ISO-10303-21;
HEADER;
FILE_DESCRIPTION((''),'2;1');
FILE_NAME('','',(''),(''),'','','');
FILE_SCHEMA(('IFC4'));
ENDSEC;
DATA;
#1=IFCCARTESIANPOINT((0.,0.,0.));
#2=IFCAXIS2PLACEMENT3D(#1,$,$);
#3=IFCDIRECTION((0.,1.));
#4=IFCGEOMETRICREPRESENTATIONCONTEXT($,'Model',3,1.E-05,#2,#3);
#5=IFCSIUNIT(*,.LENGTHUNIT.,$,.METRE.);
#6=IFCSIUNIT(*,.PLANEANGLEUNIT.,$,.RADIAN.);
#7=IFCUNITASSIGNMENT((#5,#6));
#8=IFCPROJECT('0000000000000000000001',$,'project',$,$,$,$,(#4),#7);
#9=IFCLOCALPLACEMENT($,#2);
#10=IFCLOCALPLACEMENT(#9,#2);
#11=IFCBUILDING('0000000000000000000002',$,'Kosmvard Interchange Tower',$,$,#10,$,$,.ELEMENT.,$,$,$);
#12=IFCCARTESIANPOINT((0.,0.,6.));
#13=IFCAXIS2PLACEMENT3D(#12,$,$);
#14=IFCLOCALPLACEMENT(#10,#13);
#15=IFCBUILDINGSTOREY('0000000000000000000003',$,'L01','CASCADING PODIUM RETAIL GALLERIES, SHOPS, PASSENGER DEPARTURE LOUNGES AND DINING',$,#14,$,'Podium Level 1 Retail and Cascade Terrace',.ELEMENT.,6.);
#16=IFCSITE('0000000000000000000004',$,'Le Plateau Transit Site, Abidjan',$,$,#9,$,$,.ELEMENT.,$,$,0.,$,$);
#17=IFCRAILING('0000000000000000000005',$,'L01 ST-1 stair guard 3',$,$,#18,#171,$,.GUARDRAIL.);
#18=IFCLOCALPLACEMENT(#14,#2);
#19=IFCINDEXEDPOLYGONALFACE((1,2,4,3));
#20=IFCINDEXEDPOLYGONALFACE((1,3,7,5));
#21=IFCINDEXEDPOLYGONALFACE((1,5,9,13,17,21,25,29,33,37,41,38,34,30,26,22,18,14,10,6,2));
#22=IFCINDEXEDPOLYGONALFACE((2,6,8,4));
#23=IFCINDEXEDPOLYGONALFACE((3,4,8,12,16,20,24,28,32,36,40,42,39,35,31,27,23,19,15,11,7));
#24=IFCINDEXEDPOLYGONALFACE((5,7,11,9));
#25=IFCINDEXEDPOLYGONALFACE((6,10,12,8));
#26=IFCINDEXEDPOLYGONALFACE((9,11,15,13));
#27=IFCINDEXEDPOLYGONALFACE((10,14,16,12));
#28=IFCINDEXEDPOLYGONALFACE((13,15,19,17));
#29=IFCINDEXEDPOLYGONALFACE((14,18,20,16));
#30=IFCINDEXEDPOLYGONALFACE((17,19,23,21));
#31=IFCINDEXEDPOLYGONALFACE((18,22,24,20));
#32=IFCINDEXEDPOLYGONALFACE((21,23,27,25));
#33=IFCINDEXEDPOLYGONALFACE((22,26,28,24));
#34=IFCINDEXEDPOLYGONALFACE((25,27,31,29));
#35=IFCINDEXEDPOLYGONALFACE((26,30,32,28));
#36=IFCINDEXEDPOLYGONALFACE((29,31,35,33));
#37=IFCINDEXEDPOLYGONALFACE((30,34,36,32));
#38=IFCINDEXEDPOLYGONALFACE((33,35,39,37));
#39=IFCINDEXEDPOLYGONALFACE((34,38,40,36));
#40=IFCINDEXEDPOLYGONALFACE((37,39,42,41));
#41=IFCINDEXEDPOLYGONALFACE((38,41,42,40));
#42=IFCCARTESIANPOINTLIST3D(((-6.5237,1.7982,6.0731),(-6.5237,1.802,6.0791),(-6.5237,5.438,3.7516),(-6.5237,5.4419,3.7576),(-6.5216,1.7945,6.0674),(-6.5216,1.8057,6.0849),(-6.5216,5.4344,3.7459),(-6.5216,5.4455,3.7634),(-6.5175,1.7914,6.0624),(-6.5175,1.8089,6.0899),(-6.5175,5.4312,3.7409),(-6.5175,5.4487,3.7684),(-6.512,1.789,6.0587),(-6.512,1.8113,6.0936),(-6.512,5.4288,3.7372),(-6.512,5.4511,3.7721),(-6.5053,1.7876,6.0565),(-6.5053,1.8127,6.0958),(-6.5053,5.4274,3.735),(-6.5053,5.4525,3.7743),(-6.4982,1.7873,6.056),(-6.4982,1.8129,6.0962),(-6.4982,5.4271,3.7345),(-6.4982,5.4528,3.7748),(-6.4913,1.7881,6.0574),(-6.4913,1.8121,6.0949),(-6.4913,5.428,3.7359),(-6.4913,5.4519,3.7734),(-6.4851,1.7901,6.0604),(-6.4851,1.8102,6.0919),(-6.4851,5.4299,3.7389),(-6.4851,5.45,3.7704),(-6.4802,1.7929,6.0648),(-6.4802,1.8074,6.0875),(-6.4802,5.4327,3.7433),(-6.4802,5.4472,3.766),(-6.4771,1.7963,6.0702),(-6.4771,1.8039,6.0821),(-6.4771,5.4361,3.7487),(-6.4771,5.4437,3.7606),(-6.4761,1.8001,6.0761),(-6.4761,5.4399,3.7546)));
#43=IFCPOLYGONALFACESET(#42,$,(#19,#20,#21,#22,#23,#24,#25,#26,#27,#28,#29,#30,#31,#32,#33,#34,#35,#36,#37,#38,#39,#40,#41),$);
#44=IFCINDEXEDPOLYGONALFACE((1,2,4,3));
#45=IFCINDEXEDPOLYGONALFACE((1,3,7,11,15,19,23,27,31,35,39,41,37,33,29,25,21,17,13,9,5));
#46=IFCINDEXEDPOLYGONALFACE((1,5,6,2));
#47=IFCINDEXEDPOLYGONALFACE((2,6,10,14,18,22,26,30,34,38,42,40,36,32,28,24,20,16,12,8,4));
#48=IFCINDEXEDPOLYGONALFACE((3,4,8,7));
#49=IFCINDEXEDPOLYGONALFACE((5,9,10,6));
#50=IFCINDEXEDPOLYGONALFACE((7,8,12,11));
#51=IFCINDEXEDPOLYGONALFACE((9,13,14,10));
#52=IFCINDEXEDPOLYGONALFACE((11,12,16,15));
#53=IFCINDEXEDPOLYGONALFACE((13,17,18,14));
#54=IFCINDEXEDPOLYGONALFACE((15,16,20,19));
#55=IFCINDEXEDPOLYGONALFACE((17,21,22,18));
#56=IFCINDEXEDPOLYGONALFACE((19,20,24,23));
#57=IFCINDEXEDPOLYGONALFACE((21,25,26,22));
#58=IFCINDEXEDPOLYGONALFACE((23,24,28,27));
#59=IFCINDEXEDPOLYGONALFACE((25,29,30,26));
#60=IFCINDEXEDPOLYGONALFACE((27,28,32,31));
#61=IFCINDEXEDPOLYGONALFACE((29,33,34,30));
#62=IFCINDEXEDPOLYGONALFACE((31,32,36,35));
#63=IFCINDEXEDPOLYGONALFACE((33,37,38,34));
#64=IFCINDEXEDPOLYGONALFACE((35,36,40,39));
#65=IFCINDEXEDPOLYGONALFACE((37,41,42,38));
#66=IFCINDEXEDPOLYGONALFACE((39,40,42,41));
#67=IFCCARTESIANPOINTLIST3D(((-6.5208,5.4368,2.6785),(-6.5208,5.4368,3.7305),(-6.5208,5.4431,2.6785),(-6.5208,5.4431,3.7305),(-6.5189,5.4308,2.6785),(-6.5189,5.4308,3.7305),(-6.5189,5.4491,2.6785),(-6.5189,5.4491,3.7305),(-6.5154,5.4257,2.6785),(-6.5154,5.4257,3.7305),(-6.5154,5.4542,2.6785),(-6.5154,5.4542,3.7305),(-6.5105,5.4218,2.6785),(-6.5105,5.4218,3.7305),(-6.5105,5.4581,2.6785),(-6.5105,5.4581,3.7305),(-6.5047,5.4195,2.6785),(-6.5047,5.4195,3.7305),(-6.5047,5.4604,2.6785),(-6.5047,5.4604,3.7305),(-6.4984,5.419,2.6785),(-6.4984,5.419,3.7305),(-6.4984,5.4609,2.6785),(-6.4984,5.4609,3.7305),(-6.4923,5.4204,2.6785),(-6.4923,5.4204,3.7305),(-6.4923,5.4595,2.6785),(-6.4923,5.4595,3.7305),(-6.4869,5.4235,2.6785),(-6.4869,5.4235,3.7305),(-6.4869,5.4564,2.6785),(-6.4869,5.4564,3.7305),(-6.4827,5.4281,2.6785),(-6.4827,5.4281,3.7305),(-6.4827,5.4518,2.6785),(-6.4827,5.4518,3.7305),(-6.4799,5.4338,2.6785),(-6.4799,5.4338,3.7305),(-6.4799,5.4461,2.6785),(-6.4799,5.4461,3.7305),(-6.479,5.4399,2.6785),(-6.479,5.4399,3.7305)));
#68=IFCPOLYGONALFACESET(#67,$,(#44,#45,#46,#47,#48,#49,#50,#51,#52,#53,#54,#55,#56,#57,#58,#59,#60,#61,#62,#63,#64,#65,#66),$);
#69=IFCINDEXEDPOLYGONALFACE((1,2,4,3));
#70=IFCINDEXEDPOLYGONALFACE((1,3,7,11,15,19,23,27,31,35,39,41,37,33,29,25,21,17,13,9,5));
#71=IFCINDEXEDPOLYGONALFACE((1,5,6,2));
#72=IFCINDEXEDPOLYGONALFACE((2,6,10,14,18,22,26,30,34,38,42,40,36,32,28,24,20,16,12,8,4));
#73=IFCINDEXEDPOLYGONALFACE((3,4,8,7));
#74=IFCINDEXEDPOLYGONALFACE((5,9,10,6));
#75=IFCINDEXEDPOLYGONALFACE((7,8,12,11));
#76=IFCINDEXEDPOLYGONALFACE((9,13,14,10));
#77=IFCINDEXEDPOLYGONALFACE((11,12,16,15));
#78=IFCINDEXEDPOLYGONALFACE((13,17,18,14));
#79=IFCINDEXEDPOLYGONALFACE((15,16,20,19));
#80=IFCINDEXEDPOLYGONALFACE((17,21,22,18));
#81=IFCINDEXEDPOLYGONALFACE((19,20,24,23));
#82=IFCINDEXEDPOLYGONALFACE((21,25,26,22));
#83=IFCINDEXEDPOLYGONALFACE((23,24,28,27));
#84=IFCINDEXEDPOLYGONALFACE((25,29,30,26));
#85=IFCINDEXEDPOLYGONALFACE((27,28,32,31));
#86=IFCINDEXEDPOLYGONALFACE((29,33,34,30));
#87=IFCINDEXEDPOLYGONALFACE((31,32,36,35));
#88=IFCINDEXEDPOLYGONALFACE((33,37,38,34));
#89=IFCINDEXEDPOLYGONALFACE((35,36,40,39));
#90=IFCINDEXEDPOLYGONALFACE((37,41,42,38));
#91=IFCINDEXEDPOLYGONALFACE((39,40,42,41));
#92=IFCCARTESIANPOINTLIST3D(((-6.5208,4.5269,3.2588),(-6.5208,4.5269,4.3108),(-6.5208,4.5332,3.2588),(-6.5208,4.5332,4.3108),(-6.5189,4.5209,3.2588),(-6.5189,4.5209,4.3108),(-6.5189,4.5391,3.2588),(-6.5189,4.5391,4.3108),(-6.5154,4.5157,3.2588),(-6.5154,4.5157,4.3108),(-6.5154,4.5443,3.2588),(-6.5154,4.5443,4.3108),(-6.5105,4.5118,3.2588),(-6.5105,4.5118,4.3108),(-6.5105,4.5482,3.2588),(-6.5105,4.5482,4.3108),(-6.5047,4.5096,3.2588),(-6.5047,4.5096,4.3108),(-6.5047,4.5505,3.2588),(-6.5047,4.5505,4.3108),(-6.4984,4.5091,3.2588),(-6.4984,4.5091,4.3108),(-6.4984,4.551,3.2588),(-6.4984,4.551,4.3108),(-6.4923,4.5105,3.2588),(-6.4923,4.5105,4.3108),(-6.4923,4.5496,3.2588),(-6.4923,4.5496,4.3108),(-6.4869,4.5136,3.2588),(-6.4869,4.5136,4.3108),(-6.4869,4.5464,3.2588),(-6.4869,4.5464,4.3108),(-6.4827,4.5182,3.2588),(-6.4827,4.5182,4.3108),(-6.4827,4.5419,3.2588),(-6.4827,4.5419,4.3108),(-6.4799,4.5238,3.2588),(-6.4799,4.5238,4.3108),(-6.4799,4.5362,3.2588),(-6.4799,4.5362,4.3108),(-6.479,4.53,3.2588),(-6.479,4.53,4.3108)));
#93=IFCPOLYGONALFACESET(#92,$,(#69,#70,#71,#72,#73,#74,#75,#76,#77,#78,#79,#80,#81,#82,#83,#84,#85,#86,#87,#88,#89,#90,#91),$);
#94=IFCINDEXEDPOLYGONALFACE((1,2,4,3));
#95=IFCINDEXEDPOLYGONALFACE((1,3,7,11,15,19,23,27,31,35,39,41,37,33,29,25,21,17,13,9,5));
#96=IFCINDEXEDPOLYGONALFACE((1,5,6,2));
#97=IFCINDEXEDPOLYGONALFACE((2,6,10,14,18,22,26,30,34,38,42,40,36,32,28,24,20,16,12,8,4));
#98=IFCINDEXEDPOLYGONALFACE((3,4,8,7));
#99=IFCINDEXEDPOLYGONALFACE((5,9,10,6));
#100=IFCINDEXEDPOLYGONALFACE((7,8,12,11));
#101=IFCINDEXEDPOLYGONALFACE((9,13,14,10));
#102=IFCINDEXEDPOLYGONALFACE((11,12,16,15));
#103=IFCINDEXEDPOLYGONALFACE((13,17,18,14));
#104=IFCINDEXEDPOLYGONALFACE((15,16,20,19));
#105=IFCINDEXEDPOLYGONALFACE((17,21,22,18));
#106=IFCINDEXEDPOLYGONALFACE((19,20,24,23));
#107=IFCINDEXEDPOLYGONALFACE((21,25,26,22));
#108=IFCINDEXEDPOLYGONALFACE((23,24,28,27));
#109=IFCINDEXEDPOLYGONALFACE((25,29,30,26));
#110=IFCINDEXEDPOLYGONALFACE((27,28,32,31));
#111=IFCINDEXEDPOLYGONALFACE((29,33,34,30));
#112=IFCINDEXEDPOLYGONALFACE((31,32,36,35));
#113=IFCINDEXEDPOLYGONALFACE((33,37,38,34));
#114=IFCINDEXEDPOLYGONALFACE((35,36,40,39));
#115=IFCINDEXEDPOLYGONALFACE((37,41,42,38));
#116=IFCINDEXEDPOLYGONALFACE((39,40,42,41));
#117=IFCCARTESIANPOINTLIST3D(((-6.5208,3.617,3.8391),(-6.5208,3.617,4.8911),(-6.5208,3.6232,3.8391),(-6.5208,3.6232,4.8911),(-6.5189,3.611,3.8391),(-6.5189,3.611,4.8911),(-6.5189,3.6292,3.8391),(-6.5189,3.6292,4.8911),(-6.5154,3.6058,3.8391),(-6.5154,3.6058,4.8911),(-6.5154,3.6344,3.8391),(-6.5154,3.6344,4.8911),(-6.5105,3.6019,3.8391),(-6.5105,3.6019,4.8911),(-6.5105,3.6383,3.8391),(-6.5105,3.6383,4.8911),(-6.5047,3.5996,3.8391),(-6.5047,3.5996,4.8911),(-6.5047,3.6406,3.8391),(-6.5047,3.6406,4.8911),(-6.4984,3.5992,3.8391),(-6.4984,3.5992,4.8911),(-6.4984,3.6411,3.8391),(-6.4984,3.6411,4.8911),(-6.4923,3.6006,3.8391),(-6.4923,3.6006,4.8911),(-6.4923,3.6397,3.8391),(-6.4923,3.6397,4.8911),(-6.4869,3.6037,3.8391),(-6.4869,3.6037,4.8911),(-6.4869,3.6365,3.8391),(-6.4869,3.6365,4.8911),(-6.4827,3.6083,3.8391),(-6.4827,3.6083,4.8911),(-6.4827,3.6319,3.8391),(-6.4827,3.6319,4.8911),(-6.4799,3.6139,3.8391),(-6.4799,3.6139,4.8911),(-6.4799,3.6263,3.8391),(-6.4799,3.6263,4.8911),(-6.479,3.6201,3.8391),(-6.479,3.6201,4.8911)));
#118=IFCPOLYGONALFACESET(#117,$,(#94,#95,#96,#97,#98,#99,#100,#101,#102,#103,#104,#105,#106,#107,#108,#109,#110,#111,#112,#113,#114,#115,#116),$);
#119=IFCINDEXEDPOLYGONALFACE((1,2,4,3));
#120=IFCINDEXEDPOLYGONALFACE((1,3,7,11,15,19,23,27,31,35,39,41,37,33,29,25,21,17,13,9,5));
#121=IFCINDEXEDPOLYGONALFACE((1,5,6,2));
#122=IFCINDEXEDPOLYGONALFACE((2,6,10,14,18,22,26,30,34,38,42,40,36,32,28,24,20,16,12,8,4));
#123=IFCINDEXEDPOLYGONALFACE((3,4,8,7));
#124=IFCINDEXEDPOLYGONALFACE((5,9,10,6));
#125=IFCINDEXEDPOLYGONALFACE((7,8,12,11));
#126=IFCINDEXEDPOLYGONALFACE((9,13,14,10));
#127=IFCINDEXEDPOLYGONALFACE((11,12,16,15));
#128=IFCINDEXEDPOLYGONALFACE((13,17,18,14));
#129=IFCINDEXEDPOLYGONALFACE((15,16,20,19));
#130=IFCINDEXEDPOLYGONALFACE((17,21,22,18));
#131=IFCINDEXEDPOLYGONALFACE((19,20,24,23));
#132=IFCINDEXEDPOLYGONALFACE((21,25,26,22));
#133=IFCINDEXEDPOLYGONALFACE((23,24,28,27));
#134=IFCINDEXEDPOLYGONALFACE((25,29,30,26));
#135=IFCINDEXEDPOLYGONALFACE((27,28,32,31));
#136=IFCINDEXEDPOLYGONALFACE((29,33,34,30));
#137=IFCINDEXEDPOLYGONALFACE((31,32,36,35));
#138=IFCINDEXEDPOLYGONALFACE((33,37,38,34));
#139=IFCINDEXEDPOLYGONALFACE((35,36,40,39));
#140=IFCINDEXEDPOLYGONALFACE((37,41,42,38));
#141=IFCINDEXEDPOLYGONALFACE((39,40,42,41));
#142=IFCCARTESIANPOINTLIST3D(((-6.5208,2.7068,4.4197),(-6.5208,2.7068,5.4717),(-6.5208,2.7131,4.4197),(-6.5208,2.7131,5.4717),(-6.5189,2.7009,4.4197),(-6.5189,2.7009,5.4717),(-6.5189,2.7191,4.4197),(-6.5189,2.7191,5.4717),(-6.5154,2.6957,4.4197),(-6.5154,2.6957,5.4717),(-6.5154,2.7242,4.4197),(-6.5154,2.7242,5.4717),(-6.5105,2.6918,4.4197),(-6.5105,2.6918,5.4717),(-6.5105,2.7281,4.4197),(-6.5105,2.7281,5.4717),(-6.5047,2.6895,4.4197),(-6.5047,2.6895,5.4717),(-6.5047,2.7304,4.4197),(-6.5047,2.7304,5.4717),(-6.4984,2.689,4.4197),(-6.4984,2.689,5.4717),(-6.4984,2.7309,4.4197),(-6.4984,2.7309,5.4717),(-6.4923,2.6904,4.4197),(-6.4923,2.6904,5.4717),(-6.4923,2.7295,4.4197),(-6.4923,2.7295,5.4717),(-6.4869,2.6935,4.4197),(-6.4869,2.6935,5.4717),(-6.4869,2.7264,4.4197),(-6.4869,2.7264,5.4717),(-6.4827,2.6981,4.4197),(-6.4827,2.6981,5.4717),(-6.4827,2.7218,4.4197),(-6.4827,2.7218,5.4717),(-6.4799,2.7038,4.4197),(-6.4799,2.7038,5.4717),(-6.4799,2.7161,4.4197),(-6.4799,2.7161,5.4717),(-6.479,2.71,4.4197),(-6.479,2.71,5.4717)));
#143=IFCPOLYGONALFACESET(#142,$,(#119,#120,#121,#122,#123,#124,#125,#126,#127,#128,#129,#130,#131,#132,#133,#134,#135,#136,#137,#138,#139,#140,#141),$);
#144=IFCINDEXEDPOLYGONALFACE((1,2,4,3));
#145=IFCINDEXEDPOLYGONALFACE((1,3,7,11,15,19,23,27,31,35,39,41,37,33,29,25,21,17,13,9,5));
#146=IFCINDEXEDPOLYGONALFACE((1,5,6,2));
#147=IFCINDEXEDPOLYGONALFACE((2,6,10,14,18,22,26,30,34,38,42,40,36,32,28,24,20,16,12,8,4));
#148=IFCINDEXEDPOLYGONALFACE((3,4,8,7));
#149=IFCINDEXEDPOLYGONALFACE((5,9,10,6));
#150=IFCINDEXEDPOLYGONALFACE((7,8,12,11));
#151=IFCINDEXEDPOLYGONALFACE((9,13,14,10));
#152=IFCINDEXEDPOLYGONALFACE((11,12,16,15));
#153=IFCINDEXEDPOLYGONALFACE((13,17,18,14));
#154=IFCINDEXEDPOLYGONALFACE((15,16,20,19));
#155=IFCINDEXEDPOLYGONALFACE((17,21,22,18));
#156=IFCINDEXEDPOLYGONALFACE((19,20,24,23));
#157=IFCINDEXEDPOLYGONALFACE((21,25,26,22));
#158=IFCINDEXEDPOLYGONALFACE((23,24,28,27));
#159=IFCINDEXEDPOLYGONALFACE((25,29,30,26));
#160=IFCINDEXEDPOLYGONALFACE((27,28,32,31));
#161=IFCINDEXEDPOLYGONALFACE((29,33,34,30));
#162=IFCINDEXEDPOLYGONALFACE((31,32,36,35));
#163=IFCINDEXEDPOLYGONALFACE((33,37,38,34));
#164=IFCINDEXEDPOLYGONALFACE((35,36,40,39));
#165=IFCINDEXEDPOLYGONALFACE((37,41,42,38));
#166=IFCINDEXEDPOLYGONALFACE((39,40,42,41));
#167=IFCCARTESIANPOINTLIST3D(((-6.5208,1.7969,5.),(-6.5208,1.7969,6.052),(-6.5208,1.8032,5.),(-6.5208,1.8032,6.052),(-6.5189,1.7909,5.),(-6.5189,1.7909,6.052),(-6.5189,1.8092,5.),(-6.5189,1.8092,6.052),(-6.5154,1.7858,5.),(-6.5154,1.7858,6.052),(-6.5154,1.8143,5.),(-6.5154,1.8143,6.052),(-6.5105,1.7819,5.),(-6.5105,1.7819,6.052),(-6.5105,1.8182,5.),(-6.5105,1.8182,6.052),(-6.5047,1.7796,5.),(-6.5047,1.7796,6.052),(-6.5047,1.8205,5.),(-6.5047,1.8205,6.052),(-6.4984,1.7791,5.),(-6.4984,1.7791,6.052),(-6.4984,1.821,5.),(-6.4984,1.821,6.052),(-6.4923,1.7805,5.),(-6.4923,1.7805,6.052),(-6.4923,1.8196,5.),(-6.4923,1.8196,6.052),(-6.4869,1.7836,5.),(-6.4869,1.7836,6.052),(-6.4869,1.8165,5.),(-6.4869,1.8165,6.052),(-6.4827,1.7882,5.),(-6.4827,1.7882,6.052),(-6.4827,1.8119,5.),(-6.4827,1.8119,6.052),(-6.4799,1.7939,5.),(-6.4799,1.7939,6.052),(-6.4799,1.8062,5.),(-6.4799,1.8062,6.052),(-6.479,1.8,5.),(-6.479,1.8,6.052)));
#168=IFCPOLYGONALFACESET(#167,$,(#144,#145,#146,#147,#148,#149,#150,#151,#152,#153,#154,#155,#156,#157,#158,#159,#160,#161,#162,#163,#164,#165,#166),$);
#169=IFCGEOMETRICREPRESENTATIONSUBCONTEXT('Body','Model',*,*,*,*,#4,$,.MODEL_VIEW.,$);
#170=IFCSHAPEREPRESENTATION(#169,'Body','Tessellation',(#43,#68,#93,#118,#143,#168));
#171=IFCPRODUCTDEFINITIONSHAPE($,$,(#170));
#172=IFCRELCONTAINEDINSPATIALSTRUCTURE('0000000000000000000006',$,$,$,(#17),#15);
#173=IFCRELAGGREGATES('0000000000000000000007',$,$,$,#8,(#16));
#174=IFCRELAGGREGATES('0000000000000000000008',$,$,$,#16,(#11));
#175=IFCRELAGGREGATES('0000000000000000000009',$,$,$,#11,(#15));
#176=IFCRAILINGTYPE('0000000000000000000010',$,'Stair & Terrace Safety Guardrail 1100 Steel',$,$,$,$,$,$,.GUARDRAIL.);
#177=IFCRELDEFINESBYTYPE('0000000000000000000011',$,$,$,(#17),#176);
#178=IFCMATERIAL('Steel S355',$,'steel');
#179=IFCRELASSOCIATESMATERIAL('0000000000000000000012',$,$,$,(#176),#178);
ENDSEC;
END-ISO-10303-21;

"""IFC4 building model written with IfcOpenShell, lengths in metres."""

from ifc_helpers import new_model, si_unit, direction, frame, origin, origin_2d, place, context, subcontext, project, spatial, circle, extrude, source, transform, mapped, material, type_object, element, save


model = new_model("IFC4")

# Units and contexts
model_context = context("Model", 3, precision=1e-05, world=origin(), true_north=direction((0.0, 1.0)))
body_context = subcontext(model_context, "Body", "Model", "MODEL_VIEW")
ifc_project = project(units=[si_unit("LENGTHUNIT", "METRE"), si_unit("PLANEANGLEUNIT", "RADIAN")], contexts=[model_context])

# Site, building, storey
site_placement = place(None, origin())
site = spatial("IfcSite", under=ifc_project, at=site_placement, Name="Le Plateau Transit Site, Abidjan", CompositionType="ELEMENT", RefElevation=0.0)
building_placement = place(site_placement, origin())
building = spatial("IfcBuilding", under=site, at=building_placement, Name="Kosmvard Interchange Tower", CompositionType="ELEMENT")
storey_placement = place(building_placement, frame((0.0, 0.0, 6.0)))
storey = spatial("IfcBuildingStorey", under=building, at=storey_placement, Name="L01", Description="CASCADING PODIUM RETAIL GALLERIES, SHOPS, PASSENGER DEPARTURE LOUNGES AND DINING", LongName="Podium Level 1 Retail and Cascade Terrace", CompositionType="ELEMENT", Elevation=6.0)

# Shared definitions
ifc_material_1 = material(Name="Steel S355", Category="steel")

# Railing
railing_type_1 = type_object("IfcRailingType", Name="Stair & Terrace Safety Guardrail 1100 Steel", PredefinedType="GUARDRAIL", material=ifc_material_1)
shared_shape_1 = source(origin(), body_context, "Body", "SweptSolid", [
    extrude(circle(Radius=0.0239, at=origin_2d()), frame((0.0, 0.0, 1.0762), z_axis=(0.0, -0.843112, 0.537739), x_axis=(1.0, 0.0, 0.0)), (0.0, 0.0, 1.0), 4.3171),
    extrude(circle(Radius=0.021, at=origin_2d()), origin(), (0.0, 0.0, 1.0), 1.052),
    extrude(circle(Radius=0.021, at=origin_2d()), frame((0.0, -0.9099, 0.5803)), (0.0, 0.0, 1.0), 1.052),
    extrude(circle(Radius=0.021, at=origin_2d()), frame((0.0, -1.8198, 1.1606)), (0.0, 0.0, 1.0), 1.052),
    extrude(circle(Radius=0.021, at=origin_2d()), frame((0.0, -2.73, 1.7412)), (0.0, 0.0, 1.0), 1.052),
    extrude(circle(Radius=0.021, at=origin_2d()), frame((0.0, -3.6399, 2.3215)), (0.0, 0.0, 1.0), 1.052),
])
railing_1_placement = place(storey_placement, frame((-6.5, 5.4399, 2.6785)))
element("IfcRailing", 1, at=railing_1_placement, inside=storey, type_object=railing_type_1, Name="L01 ST-1 stair guard 3", PredefinedType="GUARDRAIL", context=body_context, shape_type="MappedRepresentation", body=[
    mapped(shared_shape_1, transform((0.0, 0.0, 0.0), scale=1.0)),
])

save(model, "model.ifc")
